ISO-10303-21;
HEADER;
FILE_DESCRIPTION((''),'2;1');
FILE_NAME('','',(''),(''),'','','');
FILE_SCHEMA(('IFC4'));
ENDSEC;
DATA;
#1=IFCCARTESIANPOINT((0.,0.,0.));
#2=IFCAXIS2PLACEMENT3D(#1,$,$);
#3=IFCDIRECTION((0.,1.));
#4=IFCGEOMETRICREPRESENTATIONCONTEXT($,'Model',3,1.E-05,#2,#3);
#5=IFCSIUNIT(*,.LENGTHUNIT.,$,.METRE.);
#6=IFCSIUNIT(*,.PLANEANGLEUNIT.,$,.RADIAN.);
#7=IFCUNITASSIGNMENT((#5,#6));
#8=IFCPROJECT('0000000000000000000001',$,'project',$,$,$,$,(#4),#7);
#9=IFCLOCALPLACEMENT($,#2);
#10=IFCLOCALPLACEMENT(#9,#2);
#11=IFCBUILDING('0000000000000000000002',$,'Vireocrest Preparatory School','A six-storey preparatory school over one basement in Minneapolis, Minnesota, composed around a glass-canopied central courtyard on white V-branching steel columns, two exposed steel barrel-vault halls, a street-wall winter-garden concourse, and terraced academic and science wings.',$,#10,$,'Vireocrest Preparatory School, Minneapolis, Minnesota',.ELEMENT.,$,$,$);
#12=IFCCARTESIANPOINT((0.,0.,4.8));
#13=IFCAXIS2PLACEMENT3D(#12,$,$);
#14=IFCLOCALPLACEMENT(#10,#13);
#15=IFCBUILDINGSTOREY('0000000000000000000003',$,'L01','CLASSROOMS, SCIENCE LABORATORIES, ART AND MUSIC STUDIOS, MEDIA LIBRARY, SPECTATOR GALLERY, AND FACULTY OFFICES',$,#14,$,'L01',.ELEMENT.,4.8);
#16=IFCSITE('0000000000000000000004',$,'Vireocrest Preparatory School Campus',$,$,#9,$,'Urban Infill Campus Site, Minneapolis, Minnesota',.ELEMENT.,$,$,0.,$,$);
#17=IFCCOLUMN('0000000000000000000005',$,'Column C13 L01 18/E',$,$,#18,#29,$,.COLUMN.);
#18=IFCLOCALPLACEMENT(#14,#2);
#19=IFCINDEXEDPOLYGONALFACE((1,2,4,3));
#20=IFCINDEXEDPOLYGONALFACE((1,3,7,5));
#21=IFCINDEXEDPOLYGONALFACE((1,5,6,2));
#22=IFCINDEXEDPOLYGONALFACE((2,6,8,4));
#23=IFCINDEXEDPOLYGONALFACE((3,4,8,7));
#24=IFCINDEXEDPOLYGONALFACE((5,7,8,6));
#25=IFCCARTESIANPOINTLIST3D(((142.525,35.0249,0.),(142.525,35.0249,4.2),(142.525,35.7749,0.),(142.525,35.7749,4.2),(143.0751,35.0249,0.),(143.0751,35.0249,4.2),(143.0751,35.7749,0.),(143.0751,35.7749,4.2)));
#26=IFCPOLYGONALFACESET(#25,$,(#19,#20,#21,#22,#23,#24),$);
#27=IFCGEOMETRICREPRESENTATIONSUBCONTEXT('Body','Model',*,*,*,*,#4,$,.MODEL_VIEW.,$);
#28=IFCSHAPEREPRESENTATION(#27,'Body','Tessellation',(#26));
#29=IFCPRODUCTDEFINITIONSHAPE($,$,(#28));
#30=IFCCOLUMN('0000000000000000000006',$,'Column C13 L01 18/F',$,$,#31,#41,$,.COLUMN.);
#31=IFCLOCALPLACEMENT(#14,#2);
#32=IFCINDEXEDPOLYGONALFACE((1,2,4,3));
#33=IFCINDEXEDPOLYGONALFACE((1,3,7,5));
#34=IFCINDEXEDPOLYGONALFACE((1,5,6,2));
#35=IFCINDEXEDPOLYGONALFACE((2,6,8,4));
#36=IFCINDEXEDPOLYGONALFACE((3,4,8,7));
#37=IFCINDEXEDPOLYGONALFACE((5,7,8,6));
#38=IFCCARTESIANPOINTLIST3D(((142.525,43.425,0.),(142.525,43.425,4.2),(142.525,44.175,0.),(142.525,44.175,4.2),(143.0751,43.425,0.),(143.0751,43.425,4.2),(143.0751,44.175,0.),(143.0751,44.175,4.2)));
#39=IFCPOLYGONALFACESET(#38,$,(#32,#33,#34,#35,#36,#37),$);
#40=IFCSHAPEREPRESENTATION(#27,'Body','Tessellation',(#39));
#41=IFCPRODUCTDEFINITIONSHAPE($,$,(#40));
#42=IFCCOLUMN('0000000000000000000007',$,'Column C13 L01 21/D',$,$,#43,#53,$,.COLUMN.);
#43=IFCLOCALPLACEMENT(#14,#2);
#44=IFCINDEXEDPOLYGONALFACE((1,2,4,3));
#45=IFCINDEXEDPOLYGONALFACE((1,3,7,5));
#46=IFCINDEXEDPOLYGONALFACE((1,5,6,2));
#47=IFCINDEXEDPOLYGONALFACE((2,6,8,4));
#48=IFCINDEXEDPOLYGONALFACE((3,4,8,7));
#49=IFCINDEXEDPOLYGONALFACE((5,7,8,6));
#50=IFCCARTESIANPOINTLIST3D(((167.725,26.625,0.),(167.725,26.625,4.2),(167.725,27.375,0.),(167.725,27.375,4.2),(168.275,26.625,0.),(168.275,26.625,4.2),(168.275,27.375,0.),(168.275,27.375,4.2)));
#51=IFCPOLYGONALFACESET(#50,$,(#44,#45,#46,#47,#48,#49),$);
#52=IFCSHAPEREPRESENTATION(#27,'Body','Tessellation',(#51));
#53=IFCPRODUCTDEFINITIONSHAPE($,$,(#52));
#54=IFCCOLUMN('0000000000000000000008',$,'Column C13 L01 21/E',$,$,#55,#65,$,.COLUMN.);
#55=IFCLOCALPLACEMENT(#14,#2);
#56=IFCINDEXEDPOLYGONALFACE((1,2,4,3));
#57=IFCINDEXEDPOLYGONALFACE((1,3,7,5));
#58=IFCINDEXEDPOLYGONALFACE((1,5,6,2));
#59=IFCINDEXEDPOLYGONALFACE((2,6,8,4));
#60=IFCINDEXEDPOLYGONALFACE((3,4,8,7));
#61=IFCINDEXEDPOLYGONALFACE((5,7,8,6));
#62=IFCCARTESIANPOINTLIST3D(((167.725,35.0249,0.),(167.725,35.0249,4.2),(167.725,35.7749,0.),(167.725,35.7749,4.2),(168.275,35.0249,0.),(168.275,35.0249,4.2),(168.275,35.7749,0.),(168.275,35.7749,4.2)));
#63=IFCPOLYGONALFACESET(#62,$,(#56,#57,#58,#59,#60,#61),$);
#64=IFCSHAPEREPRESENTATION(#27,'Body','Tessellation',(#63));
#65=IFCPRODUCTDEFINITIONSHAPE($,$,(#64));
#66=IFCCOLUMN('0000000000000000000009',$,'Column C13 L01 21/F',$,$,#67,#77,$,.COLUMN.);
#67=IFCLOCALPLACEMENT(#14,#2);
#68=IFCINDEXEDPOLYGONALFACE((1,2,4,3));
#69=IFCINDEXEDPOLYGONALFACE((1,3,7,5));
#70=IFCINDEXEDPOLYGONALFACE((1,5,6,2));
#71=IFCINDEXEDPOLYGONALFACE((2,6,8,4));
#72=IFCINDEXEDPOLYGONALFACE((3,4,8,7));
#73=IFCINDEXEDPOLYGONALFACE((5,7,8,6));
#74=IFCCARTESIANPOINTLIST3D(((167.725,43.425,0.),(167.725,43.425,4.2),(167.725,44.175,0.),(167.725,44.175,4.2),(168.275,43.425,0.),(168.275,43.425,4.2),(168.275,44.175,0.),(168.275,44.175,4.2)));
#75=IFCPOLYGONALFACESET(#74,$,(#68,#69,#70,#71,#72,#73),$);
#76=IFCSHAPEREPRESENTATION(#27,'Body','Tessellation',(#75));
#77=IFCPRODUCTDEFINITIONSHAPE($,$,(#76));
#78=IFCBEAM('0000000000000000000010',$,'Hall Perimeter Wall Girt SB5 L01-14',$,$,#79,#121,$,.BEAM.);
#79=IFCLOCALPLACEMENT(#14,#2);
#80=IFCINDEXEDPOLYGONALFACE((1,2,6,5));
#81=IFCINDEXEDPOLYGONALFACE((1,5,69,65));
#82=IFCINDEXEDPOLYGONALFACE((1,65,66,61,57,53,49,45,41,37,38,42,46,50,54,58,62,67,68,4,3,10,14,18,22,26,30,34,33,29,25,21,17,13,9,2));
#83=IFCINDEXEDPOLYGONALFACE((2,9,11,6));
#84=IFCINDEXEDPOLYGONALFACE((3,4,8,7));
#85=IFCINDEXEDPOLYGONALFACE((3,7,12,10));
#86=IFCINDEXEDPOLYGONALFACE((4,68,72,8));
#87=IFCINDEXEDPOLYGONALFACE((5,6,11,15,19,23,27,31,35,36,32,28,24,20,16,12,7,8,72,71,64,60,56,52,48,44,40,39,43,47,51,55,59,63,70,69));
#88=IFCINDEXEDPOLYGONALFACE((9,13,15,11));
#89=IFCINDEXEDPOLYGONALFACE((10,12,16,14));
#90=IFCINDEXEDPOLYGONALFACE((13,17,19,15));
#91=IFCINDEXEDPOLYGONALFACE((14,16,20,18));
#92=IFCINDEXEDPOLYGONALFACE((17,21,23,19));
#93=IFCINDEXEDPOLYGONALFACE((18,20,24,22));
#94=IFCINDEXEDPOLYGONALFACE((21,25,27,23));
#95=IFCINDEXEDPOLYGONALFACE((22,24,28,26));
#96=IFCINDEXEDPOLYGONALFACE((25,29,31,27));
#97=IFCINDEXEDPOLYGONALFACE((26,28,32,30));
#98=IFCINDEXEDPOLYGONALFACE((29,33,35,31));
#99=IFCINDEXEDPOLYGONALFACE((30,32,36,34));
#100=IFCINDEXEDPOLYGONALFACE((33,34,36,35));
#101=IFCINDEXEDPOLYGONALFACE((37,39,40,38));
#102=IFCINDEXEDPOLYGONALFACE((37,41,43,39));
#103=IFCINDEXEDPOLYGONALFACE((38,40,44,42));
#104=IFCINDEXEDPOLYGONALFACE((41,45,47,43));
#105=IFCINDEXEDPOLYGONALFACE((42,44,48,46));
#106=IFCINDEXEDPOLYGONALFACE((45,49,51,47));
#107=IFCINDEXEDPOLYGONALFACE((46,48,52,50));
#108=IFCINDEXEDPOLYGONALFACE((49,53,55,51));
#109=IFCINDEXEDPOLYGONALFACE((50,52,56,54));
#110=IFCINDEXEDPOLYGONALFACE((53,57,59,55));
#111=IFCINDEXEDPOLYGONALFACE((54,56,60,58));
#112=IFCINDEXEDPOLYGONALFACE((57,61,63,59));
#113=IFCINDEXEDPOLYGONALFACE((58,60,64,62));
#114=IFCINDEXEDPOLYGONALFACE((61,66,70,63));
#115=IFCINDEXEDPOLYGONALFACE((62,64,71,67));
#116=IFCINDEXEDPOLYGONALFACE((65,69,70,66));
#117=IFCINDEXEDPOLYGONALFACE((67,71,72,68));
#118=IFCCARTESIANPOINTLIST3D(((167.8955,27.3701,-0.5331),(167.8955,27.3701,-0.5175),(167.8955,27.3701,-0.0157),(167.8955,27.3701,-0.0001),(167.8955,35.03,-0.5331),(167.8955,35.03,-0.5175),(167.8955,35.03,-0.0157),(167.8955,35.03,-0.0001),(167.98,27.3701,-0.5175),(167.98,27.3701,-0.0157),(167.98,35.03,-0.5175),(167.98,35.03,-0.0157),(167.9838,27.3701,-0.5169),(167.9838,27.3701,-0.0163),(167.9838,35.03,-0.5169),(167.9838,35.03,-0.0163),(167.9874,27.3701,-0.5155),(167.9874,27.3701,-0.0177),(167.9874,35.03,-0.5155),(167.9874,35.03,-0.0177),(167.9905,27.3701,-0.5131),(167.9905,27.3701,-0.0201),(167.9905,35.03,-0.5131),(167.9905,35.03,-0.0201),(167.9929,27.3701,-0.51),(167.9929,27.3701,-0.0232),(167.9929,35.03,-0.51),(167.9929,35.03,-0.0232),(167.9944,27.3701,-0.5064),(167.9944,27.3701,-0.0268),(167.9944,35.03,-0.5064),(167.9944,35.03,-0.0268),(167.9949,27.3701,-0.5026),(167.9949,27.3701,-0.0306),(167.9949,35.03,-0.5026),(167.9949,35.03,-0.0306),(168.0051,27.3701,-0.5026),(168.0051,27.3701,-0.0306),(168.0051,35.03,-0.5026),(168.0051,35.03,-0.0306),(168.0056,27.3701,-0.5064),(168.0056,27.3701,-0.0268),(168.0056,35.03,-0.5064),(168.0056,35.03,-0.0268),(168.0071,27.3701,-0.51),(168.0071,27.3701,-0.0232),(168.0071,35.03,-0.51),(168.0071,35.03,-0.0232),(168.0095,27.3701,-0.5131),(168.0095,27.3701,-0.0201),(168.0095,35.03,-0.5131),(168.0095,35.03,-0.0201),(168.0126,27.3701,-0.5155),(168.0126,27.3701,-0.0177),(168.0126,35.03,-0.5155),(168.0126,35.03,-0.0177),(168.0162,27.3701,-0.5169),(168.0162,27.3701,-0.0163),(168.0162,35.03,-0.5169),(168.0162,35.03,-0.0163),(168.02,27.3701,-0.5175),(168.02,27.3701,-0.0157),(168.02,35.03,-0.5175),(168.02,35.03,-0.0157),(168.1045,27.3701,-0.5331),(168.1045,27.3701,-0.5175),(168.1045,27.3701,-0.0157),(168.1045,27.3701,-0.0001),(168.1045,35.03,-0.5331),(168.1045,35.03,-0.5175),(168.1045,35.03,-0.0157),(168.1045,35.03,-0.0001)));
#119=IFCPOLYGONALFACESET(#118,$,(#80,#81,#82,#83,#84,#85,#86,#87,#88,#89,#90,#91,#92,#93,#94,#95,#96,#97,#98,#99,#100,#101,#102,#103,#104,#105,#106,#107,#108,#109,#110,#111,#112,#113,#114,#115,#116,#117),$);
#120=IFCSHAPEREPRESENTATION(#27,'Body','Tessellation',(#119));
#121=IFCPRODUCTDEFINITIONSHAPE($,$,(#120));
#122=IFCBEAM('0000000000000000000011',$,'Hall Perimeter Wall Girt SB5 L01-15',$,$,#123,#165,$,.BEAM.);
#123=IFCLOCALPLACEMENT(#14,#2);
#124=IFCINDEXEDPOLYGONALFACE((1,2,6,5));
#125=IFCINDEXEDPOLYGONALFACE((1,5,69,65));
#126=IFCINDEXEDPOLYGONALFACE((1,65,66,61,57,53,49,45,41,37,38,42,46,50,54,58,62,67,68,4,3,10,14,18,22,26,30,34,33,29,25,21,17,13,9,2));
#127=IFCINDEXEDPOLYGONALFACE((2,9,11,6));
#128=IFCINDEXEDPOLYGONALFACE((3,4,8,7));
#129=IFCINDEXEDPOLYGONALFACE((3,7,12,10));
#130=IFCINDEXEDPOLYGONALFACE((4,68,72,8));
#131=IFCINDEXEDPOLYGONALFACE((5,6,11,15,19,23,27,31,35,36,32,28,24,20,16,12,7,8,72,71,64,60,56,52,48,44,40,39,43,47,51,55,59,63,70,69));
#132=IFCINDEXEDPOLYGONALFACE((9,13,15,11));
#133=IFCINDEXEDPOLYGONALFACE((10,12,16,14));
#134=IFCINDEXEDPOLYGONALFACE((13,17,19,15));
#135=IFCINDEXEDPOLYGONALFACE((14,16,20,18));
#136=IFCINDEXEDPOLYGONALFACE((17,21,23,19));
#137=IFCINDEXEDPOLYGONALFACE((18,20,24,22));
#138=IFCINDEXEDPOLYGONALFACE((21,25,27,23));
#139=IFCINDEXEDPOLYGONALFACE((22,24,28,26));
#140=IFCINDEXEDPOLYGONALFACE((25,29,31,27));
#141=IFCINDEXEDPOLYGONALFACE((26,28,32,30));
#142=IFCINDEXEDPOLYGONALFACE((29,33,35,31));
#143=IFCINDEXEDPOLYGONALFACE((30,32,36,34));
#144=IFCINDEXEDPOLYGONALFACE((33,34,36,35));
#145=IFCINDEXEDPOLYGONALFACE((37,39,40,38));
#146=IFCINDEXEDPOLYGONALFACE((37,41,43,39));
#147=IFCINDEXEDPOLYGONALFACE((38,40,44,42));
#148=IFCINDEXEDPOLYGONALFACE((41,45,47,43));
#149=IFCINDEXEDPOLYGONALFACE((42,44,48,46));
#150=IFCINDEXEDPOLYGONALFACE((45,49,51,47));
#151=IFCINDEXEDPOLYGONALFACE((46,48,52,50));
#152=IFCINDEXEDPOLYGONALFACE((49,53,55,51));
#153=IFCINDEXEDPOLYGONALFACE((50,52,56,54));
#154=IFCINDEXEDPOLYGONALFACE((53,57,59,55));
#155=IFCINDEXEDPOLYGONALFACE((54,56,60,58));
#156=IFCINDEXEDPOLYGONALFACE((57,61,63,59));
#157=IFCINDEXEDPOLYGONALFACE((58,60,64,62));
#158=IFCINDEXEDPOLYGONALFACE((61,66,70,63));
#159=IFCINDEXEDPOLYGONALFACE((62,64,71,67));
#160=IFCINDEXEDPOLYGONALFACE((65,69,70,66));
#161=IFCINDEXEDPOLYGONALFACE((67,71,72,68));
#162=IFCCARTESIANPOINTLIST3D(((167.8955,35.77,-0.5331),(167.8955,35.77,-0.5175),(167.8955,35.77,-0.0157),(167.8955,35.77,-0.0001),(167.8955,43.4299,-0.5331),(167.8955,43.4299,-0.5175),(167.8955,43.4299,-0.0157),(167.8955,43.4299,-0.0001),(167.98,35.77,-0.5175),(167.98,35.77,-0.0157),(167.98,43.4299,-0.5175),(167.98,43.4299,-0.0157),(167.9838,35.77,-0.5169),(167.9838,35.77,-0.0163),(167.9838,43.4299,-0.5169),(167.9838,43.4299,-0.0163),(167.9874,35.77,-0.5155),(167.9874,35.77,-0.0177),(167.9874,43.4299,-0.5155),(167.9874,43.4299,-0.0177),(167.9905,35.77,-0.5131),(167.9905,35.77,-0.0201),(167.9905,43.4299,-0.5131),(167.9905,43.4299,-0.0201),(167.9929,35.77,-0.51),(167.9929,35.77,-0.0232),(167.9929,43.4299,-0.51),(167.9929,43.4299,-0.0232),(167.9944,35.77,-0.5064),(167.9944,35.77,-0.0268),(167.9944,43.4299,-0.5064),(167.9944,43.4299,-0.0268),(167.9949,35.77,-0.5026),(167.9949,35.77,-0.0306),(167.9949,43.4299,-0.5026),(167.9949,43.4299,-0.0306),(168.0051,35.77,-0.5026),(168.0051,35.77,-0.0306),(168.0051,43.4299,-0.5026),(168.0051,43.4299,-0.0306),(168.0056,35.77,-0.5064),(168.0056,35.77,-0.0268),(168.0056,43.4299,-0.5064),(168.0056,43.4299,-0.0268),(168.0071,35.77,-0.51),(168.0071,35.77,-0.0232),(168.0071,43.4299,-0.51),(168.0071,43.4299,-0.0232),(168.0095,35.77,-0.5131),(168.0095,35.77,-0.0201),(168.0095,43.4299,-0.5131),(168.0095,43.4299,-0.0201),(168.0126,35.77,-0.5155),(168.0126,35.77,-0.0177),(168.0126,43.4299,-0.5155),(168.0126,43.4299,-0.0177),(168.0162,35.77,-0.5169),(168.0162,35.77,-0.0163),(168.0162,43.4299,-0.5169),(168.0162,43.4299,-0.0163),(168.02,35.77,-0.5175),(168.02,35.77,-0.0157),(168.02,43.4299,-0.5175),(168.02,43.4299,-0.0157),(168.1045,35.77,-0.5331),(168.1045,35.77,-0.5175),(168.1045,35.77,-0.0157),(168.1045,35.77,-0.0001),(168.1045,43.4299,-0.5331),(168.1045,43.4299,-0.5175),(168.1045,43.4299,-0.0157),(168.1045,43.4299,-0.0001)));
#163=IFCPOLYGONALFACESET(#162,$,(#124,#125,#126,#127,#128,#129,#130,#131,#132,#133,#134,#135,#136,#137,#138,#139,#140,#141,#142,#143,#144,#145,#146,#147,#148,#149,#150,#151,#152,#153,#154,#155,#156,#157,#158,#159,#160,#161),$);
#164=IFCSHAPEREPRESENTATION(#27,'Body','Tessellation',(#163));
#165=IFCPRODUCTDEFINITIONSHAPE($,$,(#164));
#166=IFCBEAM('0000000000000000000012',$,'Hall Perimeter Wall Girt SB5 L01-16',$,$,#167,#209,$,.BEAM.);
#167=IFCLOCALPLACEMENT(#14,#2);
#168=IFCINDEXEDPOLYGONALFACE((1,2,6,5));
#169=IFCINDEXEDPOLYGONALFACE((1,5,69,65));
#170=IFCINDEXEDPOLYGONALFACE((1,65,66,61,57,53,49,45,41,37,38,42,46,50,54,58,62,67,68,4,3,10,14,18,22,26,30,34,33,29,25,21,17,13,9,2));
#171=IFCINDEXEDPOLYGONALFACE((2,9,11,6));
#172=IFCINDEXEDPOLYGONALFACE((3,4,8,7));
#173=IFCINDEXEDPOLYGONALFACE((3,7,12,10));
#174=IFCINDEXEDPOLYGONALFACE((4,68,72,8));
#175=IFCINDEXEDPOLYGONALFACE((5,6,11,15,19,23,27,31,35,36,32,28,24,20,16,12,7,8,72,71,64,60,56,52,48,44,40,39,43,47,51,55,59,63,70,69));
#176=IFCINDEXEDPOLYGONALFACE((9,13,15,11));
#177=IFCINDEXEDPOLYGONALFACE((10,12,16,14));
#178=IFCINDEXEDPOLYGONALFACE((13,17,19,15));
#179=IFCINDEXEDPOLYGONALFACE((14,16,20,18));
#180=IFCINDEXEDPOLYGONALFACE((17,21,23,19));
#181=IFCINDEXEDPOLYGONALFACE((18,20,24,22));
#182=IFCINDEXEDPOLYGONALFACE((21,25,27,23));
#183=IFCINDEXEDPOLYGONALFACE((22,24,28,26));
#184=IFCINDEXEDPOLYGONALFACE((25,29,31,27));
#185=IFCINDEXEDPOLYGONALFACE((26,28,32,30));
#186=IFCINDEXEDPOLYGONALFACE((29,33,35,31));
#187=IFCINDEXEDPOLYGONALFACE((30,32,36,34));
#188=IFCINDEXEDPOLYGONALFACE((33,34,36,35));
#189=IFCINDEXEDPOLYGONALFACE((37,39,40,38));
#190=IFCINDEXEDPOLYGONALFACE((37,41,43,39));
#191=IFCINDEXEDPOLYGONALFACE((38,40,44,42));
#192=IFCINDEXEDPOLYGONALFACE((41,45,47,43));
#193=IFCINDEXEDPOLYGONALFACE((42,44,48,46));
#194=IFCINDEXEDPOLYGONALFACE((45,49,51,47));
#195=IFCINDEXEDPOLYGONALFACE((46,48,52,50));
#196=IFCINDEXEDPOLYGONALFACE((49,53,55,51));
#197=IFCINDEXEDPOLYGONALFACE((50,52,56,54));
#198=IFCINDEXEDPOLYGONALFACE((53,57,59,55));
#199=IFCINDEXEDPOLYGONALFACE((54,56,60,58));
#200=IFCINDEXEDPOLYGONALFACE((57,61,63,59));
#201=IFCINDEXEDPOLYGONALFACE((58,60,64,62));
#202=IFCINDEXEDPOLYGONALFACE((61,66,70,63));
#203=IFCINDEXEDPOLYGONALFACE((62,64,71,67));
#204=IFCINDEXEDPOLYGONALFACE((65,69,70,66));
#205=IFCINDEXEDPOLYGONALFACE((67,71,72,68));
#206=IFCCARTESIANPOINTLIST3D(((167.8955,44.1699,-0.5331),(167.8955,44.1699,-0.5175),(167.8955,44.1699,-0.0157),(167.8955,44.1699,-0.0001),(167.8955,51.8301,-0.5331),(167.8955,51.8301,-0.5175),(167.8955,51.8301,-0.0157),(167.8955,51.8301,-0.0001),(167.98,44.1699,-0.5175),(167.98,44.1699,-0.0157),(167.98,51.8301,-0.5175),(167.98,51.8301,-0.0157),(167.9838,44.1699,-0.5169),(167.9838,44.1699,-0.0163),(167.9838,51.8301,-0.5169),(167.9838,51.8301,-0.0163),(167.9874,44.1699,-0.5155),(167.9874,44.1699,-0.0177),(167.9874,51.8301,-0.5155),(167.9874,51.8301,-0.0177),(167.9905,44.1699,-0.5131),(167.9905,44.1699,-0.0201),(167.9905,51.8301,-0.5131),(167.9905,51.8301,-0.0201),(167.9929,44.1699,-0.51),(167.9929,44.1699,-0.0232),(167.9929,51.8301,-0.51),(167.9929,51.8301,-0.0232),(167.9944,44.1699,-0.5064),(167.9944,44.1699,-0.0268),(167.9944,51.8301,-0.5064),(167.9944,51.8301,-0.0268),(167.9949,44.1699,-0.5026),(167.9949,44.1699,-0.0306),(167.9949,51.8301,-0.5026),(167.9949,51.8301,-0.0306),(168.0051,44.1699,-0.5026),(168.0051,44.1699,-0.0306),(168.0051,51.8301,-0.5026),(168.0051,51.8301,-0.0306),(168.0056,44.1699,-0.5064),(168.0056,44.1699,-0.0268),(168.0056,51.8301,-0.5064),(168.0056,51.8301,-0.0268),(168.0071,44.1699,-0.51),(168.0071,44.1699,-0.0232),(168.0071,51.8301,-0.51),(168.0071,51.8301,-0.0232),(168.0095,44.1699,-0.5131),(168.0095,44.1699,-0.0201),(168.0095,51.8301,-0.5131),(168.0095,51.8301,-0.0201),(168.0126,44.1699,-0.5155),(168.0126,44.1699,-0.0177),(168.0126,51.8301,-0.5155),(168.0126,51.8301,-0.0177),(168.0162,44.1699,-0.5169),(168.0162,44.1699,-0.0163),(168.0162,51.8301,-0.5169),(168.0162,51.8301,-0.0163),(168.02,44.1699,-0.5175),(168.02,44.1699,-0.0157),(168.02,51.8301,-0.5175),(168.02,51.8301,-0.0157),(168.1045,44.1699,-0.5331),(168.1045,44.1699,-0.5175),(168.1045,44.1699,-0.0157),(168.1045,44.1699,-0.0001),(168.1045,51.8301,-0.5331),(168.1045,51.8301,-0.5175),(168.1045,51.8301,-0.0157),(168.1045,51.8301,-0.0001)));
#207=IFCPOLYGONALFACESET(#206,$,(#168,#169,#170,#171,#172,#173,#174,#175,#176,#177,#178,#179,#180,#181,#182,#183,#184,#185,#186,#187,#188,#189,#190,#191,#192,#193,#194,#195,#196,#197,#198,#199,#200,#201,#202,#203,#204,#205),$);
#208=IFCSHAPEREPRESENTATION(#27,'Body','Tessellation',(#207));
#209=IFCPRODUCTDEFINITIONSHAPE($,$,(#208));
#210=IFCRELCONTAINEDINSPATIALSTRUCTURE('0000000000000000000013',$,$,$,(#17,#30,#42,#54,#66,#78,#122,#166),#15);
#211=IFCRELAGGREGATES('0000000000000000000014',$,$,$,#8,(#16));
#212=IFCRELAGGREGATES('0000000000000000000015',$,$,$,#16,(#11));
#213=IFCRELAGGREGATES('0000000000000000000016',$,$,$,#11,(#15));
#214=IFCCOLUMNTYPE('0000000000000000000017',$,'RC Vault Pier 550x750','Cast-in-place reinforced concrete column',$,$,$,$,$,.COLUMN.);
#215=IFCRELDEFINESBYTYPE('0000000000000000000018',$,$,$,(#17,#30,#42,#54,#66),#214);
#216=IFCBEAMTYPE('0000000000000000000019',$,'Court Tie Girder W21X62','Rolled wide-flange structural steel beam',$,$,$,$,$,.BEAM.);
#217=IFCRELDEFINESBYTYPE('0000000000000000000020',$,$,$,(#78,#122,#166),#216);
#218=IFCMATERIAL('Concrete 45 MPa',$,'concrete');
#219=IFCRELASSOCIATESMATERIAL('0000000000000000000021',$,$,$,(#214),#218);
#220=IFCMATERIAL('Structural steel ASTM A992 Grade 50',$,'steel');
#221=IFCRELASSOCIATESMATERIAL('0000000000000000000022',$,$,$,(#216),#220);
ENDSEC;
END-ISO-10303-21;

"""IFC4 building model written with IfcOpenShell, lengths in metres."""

from ifc_helpers import new_model, si_unit, direction, frame, origin, origin_2d, place, context, subcontext, project, spatial, rectangle, i_section, extrude, material, material_profile, profile_set, type_object, element, save


model = new_model("IFC4")

# Units and contexts
model_context = context("Model", 3, precision=1e-05, world=origin(), true_north=direction((0.0, 1.0)))
body_context = subcontext(model_context, "Body", "Model", "MODEL_VIEW")
ifc_project = project(units=[si_unit("LENGTHUNIT", "METRE"), si_unit("PLANEANGLEUNIT", "RADIAN")], contexts=[model_context])

# Site, building, storey
site_placement = place(None, origin())
site = spatial("IfcSite", under=ifc_project, at=site_placement, Name="Vireocrest Preparatory School Campus", LongName="Urban Infill Campus Site, Minneapolis, Minnesota", CompositionType="ELEMENT", RefElevation=0.0)
building_placement = place(site_placement, origin())
building = spatial("IfcBuilding", under=site, at=building_placement, Name="Vireocrest Preparatory School", Description="A six-storey preparatory school over one basement in Minneapolis, Minnesota, composed around a glass-canopied central courtyard on white V-branching steel columns, two exposed steel barrel-vault halls, a street-wall winter-garden concourse, and terraced academic and science wings.", LongName="Vireocrest Preparatory School, Minneapolis, Minnesota", CompositionType="ELEMENT")
storey_placement = place(building_placement, frame((0.0, 0.0, 4.8)))
storey = spatial("IfcBuildingStorey", under=building, at=storey_placement, Name="L01", Description="CLASSROOMS, SCIENCE LABORATORIES, ART AND MUSIC STUDIOS, MEDIA LIBRARY, SPECTATOR GALLERY, AND FACULTY OFFICES", LongName="L01", CompositionType="ELEMENT", Elevation=4.8)

# Columns
ifc_material_1 = material(Name="Concrete 45 MPa", Category="concrete")
ifc_material_profile_1 = material_profile(ifc_material_1, rectangle(XDim=0.55, YDim=0.75, at=origin_2d()), Name="RC 550x750")
ifc_profile_set_1 = profile_set([ifc_material_profile_1], Name="Concrete 45 MPa")
column_type = type_object("IfcColumnType", Name="RC Vault Pier 550x750", Description="Cast-in-place reinforced concrete column", PredefinedType="COLUMN", material=ifc_profile_set_1)
for number, where, z_axis, x_axis, name in (
    (1, (142.8, 35.3999, 0.0), (0.0, 0.0, 1.0), (1.0, 0.0, 0.0), "Column C13 L01 18/E"),
    (2, (142.8, 43.8, 0.0), (0.0, 0.0, 1.0), (1.0, 0.0, 0.0), "Column C13 L01 18/F"),
    (3, (168.0, 27.0, 0.0), (0.0, 0.0, 1.0), (1.0, 0.0, 0.0), "Column C13 L01 21/D"),
    (4, (168.0, 35.3999, 0.0), (0.0, 0.0, 1.0), (1.0, 0.0, 0.0), "Column C13 L01 21/E"),
    (5, (168.0, 43.8, 0.0), (0.0, 0.0, 1.0), (1.0, 0.0, 0.0), "Column C13 L01 21/F"),
):
    element("IfcColumn", number, at=place(storey_placement, frame(where, z_axis=z_axis, x_axis=x_axis)), inside=storey, type_object=column_type, Name=name, PredefinedType="COLUMN", context=body_context, shape_type="SweptSolid", body=[
        extrude(rectangle(XDim=0.55, YDim=0.75, at=origin_2d()), origin(), (0.0, 0.0, 1.0), 4.2),
    ])

# Beams
ifc_material_2 = material(Name="Structural steel ASTM A992 Grade 50", Category="steel")
ifc_material_profile_2 = material_profile(ifc_material_2, i_section(OverallWidth=0.209, OverallDepth=0.533, WebThickness=0.0103, FlangeThickness=0.0156, FilletRadius=0.0149, at=origin_2d()), Name="W21X62")
ifc_profile_set_2 = profile_set([ifc_material_profile_2], Name="Structural steel ASTM A992 Grade 50")
beam_type_1 = type_object("IfcBeamType", Name="Court Tie Girder W21X62", Description="Rolled wide-flange structural steel beam", PredefinedType="BEAM", material=ifc_profile_set_2)
for number, where, z_axis, x_axis, name in (
    (6, (168.0, 27.3701, -0.2666), (0.0, 1.0, 0.0), (-1.0, 0.0, 0.0), "Hall Perimeter Wall Girt SB5 L01-14"),
    (7, (168.0, 35.77, -0.2666), (0.0, 1.0, 0.0), (-1.0, 0.0, 0.0), "Hall Perimeter Wall Girt SB5 L01-15"),
):
    element("IfcBeam", number, at=place(storey_placement, frame(where, z_axis=z_axis, x_axis=x_axis)), inside=storey, type_object=beam_type_1, Name=name, PredefinedType="BEAM", context=body_context, shape_type="SweptSolid", body=[
        extrude(i_section(OverallWidth=0.209, OverallDepth=0.533, WebThickness=0.0103, FlangeThickness=0.0156, FilletRadius=0.0149, at=origin_2d()), origin(), (0.0, 0.0, 1.0), 7.6599),
    ])
beam_1_placement = place(storey_placement, frame((168.0, 44.1699, -0.2666), z_axis=(0.0, 1.0, 0.0), x_axis=(-1.0, 0.0, 0.0)))
element("IfcBeam", 8, at=beam_1_placement, inside=storey, type_object=beam_type_1, Name="Hall Perimeter Wall Girt SB5 L01-16", PredefinedType="BEAM", context=body_context, shape_type="SweptSolid", body=[
    extrude(i_section(OverallWidth=0.209, OverallDepth=0.533, WebThickness=0.0103, FlangeThickness=0.0156, FilletRadius=0.0149, at=origin_2d()), origin(), (0.0, 0.0, 1.0), 7.6602),
])

save(model, "model.ifc")
